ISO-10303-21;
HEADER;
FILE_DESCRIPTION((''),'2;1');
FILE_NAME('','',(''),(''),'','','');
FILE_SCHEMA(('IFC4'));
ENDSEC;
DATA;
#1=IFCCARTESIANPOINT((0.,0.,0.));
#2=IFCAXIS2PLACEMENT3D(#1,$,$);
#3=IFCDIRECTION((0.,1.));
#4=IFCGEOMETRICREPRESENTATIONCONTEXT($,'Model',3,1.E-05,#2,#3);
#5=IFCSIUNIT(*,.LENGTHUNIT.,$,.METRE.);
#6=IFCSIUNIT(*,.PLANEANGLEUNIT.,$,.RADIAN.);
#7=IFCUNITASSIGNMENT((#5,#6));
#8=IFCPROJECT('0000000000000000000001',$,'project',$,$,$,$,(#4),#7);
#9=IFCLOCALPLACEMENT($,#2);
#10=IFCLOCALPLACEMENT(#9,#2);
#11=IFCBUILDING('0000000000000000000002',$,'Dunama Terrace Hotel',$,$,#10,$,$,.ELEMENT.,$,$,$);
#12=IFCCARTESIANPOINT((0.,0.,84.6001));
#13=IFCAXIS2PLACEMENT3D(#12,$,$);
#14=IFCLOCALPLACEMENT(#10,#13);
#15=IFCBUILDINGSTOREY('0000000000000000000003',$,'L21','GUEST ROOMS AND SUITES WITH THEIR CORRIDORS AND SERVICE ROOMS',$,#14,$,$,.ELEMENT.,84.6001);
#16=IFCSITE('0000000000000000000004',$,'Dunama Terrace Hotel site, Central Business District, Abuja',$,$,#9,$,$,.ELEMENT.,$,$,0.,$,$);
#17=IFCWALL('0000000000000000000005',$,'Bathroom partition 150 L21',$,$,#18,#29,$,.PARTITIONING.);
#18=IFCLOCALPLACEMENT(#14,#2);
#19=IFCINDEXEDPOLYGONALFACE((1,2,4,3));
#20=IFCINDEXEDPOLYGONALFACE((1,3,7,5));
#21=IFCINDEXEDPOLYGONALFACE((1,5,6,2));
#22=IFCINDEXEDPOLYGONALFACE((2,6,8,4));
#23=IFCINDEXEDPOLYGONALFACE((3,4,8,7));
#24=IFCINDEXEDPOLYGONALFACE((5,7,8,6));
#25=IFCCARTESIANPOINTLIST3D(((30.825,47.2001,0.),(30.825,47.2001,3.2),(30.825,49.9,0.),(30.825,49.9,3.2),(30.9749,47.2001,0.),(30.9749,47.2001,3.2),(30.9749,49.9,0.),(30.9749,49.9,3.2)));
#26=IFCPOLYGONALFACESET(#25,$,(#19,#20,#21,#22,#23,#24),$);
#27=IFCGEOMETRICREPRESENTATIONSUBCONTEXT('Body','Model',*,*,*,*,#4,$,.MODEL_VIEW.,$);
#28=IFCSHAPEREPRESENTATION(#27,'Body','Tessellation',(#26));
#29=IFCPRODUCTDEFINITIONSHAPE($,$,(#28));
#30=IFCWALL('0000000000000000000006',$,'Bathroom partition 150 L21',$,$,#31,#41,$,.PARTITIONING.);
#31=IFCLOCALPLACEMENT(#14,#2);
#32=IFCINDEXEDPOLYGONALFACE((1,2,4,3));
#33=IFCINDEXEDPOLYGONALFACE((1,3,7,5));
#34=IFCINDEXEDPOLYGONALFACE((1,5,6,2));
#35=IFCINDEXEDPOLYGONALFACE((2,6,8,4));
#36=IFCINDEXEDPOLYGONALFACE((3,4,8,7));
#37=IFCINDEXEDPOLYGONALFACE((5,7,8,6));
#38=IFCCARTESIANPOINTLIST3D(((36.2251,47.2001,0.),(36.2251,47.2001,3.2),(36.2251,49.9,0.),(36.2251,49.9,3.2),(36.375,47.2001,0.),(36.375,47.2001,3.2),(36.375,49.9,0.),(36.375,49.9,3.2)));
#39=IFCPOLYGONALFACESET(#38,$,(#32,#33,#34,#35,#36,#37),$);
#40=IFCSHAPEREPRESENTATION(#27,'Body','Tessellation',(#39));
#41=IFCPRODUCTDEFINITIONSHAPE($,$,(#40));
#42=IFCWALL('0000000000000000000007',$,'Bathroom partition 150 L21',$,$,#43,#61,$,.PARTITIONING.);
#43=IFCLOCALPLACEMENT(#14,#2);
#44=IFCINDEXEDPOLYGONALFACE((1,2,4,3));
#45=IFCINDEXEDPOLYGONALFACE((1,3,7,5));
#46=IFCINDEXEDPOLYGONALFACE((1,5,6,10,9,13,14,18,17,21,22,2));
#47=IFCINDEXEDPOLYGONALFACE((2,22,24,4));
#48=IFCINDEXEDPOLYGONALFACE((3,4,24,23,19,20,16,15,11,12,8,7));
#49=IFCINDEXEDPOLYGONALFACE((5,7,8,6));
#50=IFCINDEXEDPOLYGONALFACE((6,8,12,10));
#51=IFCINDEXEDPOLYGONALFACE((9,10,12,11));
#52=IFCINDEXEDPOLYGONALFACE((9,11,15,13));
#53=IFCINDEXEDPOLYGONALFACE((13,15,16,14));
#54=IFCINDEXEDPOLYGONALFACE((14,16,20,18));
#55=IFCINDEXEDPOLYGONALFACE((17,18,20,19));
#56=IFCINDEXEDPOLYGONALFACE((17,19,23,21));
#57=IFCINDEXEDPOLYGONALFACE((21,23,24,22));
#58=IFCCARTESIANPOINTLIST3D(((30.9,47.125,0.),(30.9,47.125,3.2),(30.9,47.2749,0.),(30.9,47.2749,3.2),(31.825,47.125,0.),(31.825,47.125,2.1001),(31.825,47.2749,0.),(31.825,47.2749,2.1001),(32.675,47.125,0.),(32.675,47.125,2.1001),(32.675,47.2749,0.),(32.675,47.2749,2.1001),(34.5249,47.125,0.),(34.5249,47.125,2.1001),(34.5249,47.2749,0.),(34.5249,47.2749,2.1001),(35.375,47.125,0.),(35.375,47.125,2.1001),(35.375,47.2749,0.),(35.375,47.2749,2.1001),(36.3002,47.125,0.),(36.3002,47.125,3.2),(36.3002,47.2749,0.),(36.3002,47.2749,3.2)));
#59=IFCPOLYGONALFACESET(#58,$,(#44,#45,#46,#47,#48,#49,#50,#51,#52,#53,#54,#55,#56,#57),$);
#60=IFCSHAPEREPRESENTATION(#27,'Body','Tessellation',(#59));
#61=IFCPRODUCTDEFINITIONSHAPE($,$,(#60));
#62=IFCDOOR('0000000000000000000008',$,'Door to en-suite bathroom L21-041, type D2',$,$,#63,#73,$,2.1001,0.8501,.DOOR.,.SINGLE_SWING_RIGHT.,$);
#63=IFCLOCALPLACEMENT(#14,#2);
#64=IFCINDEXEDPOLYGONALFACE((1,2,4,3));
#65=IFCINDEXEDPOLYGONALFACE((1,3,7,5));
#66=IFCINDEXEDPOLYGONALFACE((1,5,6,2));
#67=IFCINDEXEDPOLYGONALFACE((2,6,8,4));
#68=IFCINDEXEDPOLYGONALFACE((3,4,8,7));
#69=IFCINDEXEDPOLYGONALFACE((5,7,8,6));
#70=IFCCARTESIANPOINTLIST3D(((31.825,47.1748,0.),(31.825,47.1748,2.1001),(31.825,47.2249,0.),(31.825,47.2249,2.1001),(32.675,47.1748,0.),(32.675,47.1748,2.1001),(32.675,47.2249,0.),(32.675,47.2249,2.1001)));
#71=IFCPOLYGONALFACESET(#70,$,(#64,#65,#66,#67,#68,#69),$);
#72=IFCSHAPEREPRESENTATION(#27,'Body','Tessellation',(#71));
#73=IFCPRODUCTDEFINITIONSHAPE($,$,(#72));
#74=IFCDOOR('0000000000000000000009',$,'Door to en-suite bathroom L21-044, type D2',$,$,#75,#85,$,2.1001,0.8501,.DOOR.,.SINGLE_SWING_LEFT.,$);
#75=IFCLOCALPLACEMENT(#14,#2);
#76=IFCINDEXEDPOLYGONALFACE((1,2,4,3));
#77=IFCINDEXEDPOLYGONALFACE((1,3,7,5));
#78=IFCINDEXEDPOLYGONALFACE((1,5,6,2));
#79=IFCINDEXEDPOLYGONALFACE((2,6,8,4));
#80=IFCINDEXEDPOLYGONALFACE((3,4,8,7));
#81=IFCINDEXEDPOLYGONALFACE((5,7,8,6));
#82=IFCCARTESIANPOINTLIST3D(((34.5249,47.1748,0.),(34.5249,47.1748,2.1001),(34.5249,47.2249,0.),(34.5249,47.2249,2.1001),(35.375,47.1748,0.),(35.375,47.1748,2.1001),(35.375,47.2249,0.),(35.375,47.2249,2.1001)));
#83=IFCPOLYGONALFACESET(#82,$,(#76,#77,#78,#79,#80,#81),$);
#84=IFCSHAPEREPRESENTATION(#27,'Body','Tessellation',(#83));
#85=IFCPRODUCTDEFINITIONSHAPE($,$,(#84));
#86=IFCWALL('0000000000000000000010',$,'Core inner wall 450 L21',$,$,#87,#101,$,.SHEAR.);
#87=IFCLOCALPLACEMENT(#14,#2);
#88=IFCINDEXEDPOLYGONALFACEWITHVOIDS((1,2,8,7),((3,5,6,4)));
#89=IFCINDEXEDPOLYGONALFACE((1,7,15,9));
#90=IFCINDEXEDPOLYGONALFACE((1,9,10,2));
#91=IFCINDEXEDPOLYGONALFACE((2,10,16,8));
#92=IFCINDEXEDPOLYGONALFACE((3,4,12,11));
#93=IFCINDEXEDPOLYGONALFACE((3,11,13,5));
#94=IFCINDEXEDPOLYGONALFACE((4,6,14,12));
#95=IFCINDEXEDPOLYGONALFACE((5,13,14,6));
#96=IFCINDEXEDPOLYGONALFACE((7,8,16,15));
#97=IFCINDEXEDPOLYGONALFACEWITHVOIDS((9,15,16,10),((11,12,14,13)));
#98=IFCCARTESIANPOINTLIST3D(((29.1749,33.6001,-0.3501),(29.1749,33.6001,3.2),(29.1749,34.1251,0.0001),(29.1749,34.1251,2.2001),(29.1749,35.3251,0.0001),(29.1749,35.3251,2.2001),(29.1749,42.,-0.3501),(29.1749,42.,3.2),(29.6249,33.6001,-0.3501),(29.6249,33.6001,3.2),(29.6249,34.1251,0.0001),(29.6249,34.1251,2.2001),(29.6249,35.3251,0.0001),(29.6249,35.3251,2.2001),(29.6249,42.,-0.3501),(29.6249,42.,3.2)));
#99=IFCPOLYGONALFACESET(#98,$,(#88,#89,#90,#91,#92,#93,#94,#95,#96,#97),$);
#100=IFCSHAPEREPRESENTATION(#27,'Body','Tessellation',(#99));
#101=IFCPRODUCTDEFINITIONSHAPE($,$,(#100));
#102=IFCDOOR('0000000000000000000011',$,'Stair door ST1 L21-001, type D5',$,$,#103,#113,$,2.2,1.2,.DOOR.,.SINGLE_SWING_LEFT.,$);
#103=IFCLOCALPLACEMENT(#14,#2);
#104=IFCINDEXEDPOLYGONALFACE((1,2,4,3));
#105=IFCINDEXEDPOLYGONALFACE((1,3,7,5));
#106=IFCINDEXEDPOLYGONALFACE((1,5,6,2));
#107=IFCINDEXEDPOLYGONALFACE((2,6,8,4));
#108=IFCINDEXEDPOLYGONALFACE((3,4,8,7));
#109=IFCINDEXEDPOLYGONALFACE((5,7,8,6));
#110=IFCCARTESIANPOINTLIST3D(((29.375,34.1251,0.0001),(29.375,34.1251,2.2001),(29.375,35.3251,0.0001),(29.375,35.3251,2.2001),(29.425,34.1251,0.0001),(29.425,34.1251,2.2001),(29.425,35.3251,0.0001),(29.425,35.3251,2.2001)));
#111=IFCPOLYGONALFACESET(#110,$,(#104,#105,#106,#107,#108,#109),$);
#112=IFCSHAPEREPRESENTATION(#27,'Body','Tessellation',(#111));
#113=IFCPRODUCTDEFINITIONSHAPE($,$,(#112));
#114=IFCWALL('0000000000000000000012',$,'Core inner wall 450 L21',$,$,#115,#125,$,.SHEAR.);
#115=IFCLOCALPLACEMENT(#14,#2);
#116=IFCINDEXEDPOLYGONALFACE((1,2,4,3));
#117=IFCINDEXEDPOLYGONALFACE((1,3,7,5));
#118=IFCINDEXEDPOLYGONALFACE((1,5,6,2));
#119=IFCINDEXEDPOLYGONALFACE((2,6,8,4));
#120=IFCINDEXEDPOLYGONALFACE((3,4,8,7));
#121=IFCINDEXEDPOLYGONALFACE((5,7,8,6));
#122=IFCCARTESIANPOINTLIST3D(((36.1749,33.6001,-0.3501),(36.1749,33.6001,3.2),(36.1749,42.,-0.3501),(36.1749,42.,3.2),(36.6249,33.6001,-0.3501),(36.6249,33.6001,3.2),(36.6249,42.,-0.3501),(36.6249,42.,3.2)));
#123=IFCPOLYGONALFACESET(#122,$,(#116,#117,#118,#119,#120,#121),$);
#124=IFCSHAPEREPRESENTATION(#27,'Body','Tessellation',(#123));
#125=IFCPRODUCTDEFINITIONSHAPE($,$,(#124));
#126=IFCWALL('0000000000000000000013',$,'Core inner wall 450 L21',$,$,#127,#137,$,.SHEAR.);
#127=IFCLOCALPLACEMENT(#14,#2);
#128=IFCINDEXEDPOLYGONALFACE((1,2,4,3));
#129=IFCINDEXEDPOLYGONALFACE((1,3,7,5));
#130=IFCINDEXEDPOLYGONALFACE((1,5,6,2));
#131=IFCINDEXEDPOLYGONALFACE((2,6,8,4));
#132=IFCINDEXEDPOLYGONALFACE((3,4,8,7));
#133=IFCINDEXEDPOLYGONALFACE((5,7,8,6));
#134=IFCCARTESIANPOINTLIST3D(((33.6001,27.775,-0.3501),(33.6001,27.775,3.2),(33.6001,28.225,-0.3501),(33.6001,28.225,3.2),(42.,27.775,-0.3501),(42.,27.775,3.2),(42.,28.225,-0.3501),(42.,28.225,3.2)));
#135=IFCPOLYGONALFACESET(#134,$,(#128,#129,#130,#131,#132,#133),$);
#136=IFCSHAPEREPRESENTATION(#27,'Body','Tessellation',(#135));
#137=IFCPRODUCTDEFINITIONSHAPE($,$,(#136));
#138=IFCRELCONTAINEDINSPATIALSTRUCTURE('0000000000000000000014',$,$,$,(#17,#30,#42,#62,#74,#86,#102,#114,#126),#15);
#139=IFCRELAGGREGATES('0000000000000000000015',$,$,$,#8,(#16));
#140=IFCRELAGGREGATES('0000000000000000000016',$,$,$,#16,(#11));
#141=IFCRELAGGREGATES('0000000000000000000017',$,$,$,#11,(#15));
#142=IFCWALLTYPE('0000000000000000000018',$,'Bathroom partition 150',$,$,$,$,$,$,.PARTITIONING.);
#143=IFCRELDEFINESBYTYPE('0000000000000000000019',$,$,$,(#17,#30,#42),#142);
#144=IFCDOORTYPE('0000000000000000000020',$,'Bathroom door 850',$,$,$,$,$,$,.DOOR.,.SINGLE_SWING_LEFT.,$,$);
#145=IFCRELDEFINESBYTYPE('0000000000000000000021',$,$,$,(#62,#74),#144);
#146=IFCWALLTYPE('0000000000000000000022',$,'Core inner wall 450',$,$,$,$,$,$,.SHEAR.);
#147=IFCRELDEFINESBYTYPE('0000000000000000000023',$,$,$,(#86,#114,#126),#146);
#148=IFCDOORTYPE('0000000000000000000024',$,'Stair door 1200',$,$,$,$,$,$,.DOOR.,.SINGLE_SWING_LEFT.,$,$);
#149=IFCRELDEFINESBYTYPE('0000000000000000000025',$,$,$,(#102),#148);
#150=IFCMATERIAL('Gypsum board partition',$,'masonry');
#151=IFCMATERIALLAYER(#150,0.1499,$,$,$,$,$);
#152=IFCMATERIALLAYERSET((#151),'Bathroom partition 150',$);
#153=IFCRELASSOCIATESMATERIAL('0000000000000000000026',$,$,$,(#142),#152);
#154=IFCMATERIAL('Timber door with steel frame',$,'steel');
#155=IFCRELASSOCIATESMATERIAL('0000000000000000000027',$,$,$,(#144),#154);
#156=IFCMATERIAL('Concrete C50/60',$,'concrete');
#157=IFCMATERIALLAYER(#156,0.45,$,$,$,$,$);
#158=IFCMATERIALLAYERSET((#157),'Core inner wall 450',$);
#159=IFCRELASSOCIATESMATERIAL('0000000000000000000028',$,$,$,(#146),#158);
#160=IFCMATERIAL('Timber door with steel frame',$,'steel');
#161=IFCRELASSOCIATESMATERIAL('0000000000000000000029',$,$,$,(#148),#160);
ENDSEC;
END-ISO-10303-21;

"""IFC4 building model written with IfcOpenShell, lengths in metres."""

from ifc_helpers import new_model, si_unit, direction, frame, frame_2d, origin, place, context, subcontext, project, spatial, rectangle, extrude, material, layer, layer_set, type_object, element, fill, save


model = new_model("IFC4")

# Units and contexts
model_context = context("Model", 3, precision=1e-05, world=origin(), true_north=direction((0.0, 1.0)))
body_context = subcontext(model_context, "Body", "Model", "MODEL_VIEW")
ifc_project = project(units=[si_unit("LENGTHUNIT", "METRE"), si_unit("PLANEANGLEUNIT", "RADIAN")], contexts=[model_context])

# Site, building, storey
site_placement = place(None, origin())
site = spatial("IfcSite", under=ifc_project, at=site_placement, Name="Dunama Terrace Hotel site, Central Business District, Abuja", CompositionType="ELEMENT", RefElevation=0.0)
building_placement = place(site_placement, origin())
building = spatial("IfcBuilding", under=site, at=building_placement, Name="Dunama Terrace Hotel", CompositionType="ELEMENT")
storey_placement = place(building_placement, frame((0.0, 0.0, 84.6001)))
storey = spatial("IfcBuildingStorey", under=building, at=storey_placement, Name="L21", Description="GUEST ROOMS AND SUITES WITH THEIR CORRIDORS AND SERVICE ROOMS", CompositionType="ELEMENT", Elevation=84.6001)

# Walls
ifc_material_1 = material(Name="Gypsum board partition", Category="masonry")
ifc_layer_1 = layer(ifc_material_1, 0.1499)
ifc_layer_set_1 = layer_set([ifc_layer_1], Name="Bathroom partition 150")
wall_type_1 = type_object("IfcWallType", Name="Bathroom partition 150", PredefinedType="PARTITIONING", material=ifc_layer_set_1)
for number, where, z_axis, x_axis, name in (
    (1, (30.8999, 47.2, 0.0), (0.0, 0.0, 1.0), (0.0, 1.0, 0.0), "Bathroom partition 150 L21"),
    (2, (36.3, 47.2, 0.0), (0.0, 0.0, 1.0), (0.0, 1.0, 0.0), "Bathroom partition 150 L21"),
):
    element("IfcWall", number, at=place(storey_placement, frame(where, z_axis=z_axis, x_axis=x_axis)), inside=storey, type_object=wall_type_1, Name=name, PredefinedType="PARTITIONING", context=body_context, shape_type="SweptSolid", body=[
        extrude(rectangle(XDim=2.7, YDim=0.1499, at=frame_2d((1.3501, 0.0))), origin(), (0.0, 0.0, 1.0), 3.2),
    ])

# Wall, openings, doors
wall_1_placement = place(storey_placement, frame((30.8999, 47.2, 0.0), z_axis=(0.0, 0.0, 1.0), x_axis=(1.0, 0.0, 0.0)))
wall_1 = element("IfcWall", 3, at=wall_1_placement, inside=storey, type_object=wall_type_1, Name="Bathroom partition 150 L21", PredefinedType="PARTITIONING", context=body_context, shape_type="SweptSolid", body=[
    extrude(rectangle(XDim=5.4001, YDim=0.1499, at=frame_2d((2.7002, 0.0))), origin(), (0.0, 0.0, 1.0), 3.2),
])
opening_1_placement = place(wall_1_placement, frame((0.925, 0.0, 0.0)))
opening_1 = element("IfcOpeningElement", 4, at=opening_1_placement, cuts=wall_1, PredefinedType="OPENING", context=body_context, shape_type="SweptSolid", body=[
    extrude(rectangle(XDim=0.8501, YDim=2.1001, at=frame_2d((0.425, 1.05))), frame((0.0, 0.085, 0.0), z_axis=(0.0, -1.0, 0.0), x_axis=(1.0, 0.0, 0.0)), (0.0, 0.0, 1.0), 0.1699),
])
opening_2_placement = place(wall_1_placement, frame((3.625, 0.0, 0.0)))
opening_2 = element("IfcOpeningElement", 5, at=opening_2_placement, cuts=wall_1, PredefinedType="OPENING", context=body_context, shape_type="SweptSolid", body=[
    extrude(rectangle(XDim=0.8501, YDim=2.1001, at=frame_2d((0.425, 1.05))), frame((0.0, 0.085, 0.0), z_axis=(0.0, -1.0, 0.0), x_axis=(1.0, 0.0, 0.0)), (0.0, 0.0, 1.0), 0.1699),
])
ifc_material_2 = material(Name="Timber door with steel frame", Category="steel")
door_type_1 = type_object("IfcDoorType", Name="Bathroom door 850", OperationType="SINGLE_SWING_LEFT", PredefinedType="DOOR", material=ifc_material_2)
door_1_placement = place(opening_1_placement, origin())
door_1 = element("IfcDoor", 6, at=door_1_placement, inside=storey, type_object=door_type_1, Name="Door to en-suite bathroom L21-041, type D2", OperationType="SINGLE_SWING_RIGHT", OverallHeight=2.1001, OverallWidth=0.8501, PredefinedType="DOOR", context=body_context, shape_type="SweptSolid", body=[
    extrude(rectangle(XDim=0.8501, YDim=2.1001, at=frame_2d((0.425, 1.05))), frame((0.0, 0.0249, 0.0), z_axis=(0.0, -1.0, 0.0), x_axis=(1.0, 0.0, 0.0)), (0.0, 0.0, 1.0), 0.05),
])
fill(opening_1, door_1)
door_2_placement = place(opening_2_placement, origin())
door_2 = element("IfcDoor", 7, at=door_2_placement, inside=storey, type_object=door_type_1, Name="Door to en-suite bathroom L21-044, type D2", OperationType="SINGLE_SWING_LEFT", OverallHeight=2.1001, OverallWidth=0.8501, PredefinedType="DOOR", context=body_context, shape_type="SweptSolid", body=[
    extrude(rectangle(XDim=0.8501, YDim=2.1001, at=frame_2d((0.425, 1.05))), frame((0.0, 0.0249, 0.0), z_axis=(0.0, -1.0, 0.0), x_axis=(1.0, 0.0, 0.0)), (0.0, 0.0, 1.0), 0.05),
])
fill(opening_2, door_2)

# Wall, opening, door
ifc_material_3 = material(Name="Concrete C50/60", Category="concrete")
ifc_layer_2 = layer(ifc_material_3, 0.45)
ifc_layer_set_2 = layer_set([ifc_layer_2], Name="Core inner wall 450")
wall_type_2 = type_object("IfcWallType", Name="Core inner wall 450", PredefinedType="SHEAR", material=ifc_layer_set_2)
wall_2_placement = place(storey_placement, frame((29.3999, 33.6001, -0.3501), z_axis=(0.0, 0.0, 1.0), x_axis=(0.0, 1.0, 0.0)))
wall_2 = element("IfcWall", 8, at=wall_2_placement, inside=storey, type_object=wall_type_2, Name="Core inner wall 450 L21", PredefinedType="SHEAR", context=body_context, shape_type="SweptSolid", body=[
    extrude(rectangle(XDim=8.3999, YDim=0.45, at=frame_2d((4.2, 0.0))), origin(), (0.0, 0.0, 1.0), 3.55),
])
opening_3_placement = place(wall_2_placement, frame((0.5249, 0.0, 0.3501)))
opening_3 = element("IfcOpeningElement", 9, at=opening_3_placement, cuts=wall_2, PredefinedType="OPENING", context=body_context, shape_type="SweptSolid", body=[
    extrude(rectangle(XDim=1.2, YDim=2.2, at=frame_2d((0.6001, 1.1001))), frame((0.0, 0.2349, 0.0), z_axis=(0.0, -1.0, 0.0), x_axis=(1.0, 0.0, 0.0)), (0.0, 0.0, 1.0), 0.47),
])
ifc_material_4 = material(Name="Timber door with steel frame", Category="steel")
door_type_2 = type_object("IfcDoorType", Name="Stair door 1200", OperationType="SINGLE_SWING_LEFT", PredefinedType="DOOR", material=ifc_material_4)
door_3_placement = place(opening_3_placement, origin())
door_3 = element("IfcDoor", 10, at=door_3_placement, inside=storey, type_object=door_type_2, Name="Stair door ST1 L21-001, type D5", OperationType="SINGLE_SWING_LEFT", OverallHeight=2.2, OverallWidth=1.2, PredefinedType="DOOR", context=body_context, shape_type="SweptSolid", body=[
    extrude(rectangle(XDim=1.2, YDim=2.2, at=frame_2d((0.6001, 1.1001))), frame((0.0, 0.0249, 0.0), z_axis=(0.0, -1.0, 0.0), x_axis=(1.0, 0.0, 0.0)), (0.0, 0.0, 1.0), 0.05),
])
fill(opening_3, door_3)

# Walls
for number, where, z_axis, x_axis, name in (
    (11, (36.3999, 33.6001, -0.3501), (0.0, 0.0, 1.0), (0.0, 1.0, 0.0), "Core inner wall 450 L21"),
    (12, (33.6001, 28.0, -0.3501), (0.0, 0.0, 1.0), (1.0, 0.0, 0.0), "Core inner wall 450 L21"),
):
    element("IfcWall", number, at=place(storey_placement, frame(where, z_axis=z_axis, x_axis=x_axis)), inside=storey, type_object=wall_type_2, Name=name, PredefinedType="SHEAR", context=body_context, shape_type="SweptSolid", body=[
        extrude(rectangle(XDim=8.3999, YDim=0.45, at=frame_2d((4.2, 0.0))), origin(), (0.0, 0.0, 1.0), 3.55),
    ])

save(model, "model.ifc")
